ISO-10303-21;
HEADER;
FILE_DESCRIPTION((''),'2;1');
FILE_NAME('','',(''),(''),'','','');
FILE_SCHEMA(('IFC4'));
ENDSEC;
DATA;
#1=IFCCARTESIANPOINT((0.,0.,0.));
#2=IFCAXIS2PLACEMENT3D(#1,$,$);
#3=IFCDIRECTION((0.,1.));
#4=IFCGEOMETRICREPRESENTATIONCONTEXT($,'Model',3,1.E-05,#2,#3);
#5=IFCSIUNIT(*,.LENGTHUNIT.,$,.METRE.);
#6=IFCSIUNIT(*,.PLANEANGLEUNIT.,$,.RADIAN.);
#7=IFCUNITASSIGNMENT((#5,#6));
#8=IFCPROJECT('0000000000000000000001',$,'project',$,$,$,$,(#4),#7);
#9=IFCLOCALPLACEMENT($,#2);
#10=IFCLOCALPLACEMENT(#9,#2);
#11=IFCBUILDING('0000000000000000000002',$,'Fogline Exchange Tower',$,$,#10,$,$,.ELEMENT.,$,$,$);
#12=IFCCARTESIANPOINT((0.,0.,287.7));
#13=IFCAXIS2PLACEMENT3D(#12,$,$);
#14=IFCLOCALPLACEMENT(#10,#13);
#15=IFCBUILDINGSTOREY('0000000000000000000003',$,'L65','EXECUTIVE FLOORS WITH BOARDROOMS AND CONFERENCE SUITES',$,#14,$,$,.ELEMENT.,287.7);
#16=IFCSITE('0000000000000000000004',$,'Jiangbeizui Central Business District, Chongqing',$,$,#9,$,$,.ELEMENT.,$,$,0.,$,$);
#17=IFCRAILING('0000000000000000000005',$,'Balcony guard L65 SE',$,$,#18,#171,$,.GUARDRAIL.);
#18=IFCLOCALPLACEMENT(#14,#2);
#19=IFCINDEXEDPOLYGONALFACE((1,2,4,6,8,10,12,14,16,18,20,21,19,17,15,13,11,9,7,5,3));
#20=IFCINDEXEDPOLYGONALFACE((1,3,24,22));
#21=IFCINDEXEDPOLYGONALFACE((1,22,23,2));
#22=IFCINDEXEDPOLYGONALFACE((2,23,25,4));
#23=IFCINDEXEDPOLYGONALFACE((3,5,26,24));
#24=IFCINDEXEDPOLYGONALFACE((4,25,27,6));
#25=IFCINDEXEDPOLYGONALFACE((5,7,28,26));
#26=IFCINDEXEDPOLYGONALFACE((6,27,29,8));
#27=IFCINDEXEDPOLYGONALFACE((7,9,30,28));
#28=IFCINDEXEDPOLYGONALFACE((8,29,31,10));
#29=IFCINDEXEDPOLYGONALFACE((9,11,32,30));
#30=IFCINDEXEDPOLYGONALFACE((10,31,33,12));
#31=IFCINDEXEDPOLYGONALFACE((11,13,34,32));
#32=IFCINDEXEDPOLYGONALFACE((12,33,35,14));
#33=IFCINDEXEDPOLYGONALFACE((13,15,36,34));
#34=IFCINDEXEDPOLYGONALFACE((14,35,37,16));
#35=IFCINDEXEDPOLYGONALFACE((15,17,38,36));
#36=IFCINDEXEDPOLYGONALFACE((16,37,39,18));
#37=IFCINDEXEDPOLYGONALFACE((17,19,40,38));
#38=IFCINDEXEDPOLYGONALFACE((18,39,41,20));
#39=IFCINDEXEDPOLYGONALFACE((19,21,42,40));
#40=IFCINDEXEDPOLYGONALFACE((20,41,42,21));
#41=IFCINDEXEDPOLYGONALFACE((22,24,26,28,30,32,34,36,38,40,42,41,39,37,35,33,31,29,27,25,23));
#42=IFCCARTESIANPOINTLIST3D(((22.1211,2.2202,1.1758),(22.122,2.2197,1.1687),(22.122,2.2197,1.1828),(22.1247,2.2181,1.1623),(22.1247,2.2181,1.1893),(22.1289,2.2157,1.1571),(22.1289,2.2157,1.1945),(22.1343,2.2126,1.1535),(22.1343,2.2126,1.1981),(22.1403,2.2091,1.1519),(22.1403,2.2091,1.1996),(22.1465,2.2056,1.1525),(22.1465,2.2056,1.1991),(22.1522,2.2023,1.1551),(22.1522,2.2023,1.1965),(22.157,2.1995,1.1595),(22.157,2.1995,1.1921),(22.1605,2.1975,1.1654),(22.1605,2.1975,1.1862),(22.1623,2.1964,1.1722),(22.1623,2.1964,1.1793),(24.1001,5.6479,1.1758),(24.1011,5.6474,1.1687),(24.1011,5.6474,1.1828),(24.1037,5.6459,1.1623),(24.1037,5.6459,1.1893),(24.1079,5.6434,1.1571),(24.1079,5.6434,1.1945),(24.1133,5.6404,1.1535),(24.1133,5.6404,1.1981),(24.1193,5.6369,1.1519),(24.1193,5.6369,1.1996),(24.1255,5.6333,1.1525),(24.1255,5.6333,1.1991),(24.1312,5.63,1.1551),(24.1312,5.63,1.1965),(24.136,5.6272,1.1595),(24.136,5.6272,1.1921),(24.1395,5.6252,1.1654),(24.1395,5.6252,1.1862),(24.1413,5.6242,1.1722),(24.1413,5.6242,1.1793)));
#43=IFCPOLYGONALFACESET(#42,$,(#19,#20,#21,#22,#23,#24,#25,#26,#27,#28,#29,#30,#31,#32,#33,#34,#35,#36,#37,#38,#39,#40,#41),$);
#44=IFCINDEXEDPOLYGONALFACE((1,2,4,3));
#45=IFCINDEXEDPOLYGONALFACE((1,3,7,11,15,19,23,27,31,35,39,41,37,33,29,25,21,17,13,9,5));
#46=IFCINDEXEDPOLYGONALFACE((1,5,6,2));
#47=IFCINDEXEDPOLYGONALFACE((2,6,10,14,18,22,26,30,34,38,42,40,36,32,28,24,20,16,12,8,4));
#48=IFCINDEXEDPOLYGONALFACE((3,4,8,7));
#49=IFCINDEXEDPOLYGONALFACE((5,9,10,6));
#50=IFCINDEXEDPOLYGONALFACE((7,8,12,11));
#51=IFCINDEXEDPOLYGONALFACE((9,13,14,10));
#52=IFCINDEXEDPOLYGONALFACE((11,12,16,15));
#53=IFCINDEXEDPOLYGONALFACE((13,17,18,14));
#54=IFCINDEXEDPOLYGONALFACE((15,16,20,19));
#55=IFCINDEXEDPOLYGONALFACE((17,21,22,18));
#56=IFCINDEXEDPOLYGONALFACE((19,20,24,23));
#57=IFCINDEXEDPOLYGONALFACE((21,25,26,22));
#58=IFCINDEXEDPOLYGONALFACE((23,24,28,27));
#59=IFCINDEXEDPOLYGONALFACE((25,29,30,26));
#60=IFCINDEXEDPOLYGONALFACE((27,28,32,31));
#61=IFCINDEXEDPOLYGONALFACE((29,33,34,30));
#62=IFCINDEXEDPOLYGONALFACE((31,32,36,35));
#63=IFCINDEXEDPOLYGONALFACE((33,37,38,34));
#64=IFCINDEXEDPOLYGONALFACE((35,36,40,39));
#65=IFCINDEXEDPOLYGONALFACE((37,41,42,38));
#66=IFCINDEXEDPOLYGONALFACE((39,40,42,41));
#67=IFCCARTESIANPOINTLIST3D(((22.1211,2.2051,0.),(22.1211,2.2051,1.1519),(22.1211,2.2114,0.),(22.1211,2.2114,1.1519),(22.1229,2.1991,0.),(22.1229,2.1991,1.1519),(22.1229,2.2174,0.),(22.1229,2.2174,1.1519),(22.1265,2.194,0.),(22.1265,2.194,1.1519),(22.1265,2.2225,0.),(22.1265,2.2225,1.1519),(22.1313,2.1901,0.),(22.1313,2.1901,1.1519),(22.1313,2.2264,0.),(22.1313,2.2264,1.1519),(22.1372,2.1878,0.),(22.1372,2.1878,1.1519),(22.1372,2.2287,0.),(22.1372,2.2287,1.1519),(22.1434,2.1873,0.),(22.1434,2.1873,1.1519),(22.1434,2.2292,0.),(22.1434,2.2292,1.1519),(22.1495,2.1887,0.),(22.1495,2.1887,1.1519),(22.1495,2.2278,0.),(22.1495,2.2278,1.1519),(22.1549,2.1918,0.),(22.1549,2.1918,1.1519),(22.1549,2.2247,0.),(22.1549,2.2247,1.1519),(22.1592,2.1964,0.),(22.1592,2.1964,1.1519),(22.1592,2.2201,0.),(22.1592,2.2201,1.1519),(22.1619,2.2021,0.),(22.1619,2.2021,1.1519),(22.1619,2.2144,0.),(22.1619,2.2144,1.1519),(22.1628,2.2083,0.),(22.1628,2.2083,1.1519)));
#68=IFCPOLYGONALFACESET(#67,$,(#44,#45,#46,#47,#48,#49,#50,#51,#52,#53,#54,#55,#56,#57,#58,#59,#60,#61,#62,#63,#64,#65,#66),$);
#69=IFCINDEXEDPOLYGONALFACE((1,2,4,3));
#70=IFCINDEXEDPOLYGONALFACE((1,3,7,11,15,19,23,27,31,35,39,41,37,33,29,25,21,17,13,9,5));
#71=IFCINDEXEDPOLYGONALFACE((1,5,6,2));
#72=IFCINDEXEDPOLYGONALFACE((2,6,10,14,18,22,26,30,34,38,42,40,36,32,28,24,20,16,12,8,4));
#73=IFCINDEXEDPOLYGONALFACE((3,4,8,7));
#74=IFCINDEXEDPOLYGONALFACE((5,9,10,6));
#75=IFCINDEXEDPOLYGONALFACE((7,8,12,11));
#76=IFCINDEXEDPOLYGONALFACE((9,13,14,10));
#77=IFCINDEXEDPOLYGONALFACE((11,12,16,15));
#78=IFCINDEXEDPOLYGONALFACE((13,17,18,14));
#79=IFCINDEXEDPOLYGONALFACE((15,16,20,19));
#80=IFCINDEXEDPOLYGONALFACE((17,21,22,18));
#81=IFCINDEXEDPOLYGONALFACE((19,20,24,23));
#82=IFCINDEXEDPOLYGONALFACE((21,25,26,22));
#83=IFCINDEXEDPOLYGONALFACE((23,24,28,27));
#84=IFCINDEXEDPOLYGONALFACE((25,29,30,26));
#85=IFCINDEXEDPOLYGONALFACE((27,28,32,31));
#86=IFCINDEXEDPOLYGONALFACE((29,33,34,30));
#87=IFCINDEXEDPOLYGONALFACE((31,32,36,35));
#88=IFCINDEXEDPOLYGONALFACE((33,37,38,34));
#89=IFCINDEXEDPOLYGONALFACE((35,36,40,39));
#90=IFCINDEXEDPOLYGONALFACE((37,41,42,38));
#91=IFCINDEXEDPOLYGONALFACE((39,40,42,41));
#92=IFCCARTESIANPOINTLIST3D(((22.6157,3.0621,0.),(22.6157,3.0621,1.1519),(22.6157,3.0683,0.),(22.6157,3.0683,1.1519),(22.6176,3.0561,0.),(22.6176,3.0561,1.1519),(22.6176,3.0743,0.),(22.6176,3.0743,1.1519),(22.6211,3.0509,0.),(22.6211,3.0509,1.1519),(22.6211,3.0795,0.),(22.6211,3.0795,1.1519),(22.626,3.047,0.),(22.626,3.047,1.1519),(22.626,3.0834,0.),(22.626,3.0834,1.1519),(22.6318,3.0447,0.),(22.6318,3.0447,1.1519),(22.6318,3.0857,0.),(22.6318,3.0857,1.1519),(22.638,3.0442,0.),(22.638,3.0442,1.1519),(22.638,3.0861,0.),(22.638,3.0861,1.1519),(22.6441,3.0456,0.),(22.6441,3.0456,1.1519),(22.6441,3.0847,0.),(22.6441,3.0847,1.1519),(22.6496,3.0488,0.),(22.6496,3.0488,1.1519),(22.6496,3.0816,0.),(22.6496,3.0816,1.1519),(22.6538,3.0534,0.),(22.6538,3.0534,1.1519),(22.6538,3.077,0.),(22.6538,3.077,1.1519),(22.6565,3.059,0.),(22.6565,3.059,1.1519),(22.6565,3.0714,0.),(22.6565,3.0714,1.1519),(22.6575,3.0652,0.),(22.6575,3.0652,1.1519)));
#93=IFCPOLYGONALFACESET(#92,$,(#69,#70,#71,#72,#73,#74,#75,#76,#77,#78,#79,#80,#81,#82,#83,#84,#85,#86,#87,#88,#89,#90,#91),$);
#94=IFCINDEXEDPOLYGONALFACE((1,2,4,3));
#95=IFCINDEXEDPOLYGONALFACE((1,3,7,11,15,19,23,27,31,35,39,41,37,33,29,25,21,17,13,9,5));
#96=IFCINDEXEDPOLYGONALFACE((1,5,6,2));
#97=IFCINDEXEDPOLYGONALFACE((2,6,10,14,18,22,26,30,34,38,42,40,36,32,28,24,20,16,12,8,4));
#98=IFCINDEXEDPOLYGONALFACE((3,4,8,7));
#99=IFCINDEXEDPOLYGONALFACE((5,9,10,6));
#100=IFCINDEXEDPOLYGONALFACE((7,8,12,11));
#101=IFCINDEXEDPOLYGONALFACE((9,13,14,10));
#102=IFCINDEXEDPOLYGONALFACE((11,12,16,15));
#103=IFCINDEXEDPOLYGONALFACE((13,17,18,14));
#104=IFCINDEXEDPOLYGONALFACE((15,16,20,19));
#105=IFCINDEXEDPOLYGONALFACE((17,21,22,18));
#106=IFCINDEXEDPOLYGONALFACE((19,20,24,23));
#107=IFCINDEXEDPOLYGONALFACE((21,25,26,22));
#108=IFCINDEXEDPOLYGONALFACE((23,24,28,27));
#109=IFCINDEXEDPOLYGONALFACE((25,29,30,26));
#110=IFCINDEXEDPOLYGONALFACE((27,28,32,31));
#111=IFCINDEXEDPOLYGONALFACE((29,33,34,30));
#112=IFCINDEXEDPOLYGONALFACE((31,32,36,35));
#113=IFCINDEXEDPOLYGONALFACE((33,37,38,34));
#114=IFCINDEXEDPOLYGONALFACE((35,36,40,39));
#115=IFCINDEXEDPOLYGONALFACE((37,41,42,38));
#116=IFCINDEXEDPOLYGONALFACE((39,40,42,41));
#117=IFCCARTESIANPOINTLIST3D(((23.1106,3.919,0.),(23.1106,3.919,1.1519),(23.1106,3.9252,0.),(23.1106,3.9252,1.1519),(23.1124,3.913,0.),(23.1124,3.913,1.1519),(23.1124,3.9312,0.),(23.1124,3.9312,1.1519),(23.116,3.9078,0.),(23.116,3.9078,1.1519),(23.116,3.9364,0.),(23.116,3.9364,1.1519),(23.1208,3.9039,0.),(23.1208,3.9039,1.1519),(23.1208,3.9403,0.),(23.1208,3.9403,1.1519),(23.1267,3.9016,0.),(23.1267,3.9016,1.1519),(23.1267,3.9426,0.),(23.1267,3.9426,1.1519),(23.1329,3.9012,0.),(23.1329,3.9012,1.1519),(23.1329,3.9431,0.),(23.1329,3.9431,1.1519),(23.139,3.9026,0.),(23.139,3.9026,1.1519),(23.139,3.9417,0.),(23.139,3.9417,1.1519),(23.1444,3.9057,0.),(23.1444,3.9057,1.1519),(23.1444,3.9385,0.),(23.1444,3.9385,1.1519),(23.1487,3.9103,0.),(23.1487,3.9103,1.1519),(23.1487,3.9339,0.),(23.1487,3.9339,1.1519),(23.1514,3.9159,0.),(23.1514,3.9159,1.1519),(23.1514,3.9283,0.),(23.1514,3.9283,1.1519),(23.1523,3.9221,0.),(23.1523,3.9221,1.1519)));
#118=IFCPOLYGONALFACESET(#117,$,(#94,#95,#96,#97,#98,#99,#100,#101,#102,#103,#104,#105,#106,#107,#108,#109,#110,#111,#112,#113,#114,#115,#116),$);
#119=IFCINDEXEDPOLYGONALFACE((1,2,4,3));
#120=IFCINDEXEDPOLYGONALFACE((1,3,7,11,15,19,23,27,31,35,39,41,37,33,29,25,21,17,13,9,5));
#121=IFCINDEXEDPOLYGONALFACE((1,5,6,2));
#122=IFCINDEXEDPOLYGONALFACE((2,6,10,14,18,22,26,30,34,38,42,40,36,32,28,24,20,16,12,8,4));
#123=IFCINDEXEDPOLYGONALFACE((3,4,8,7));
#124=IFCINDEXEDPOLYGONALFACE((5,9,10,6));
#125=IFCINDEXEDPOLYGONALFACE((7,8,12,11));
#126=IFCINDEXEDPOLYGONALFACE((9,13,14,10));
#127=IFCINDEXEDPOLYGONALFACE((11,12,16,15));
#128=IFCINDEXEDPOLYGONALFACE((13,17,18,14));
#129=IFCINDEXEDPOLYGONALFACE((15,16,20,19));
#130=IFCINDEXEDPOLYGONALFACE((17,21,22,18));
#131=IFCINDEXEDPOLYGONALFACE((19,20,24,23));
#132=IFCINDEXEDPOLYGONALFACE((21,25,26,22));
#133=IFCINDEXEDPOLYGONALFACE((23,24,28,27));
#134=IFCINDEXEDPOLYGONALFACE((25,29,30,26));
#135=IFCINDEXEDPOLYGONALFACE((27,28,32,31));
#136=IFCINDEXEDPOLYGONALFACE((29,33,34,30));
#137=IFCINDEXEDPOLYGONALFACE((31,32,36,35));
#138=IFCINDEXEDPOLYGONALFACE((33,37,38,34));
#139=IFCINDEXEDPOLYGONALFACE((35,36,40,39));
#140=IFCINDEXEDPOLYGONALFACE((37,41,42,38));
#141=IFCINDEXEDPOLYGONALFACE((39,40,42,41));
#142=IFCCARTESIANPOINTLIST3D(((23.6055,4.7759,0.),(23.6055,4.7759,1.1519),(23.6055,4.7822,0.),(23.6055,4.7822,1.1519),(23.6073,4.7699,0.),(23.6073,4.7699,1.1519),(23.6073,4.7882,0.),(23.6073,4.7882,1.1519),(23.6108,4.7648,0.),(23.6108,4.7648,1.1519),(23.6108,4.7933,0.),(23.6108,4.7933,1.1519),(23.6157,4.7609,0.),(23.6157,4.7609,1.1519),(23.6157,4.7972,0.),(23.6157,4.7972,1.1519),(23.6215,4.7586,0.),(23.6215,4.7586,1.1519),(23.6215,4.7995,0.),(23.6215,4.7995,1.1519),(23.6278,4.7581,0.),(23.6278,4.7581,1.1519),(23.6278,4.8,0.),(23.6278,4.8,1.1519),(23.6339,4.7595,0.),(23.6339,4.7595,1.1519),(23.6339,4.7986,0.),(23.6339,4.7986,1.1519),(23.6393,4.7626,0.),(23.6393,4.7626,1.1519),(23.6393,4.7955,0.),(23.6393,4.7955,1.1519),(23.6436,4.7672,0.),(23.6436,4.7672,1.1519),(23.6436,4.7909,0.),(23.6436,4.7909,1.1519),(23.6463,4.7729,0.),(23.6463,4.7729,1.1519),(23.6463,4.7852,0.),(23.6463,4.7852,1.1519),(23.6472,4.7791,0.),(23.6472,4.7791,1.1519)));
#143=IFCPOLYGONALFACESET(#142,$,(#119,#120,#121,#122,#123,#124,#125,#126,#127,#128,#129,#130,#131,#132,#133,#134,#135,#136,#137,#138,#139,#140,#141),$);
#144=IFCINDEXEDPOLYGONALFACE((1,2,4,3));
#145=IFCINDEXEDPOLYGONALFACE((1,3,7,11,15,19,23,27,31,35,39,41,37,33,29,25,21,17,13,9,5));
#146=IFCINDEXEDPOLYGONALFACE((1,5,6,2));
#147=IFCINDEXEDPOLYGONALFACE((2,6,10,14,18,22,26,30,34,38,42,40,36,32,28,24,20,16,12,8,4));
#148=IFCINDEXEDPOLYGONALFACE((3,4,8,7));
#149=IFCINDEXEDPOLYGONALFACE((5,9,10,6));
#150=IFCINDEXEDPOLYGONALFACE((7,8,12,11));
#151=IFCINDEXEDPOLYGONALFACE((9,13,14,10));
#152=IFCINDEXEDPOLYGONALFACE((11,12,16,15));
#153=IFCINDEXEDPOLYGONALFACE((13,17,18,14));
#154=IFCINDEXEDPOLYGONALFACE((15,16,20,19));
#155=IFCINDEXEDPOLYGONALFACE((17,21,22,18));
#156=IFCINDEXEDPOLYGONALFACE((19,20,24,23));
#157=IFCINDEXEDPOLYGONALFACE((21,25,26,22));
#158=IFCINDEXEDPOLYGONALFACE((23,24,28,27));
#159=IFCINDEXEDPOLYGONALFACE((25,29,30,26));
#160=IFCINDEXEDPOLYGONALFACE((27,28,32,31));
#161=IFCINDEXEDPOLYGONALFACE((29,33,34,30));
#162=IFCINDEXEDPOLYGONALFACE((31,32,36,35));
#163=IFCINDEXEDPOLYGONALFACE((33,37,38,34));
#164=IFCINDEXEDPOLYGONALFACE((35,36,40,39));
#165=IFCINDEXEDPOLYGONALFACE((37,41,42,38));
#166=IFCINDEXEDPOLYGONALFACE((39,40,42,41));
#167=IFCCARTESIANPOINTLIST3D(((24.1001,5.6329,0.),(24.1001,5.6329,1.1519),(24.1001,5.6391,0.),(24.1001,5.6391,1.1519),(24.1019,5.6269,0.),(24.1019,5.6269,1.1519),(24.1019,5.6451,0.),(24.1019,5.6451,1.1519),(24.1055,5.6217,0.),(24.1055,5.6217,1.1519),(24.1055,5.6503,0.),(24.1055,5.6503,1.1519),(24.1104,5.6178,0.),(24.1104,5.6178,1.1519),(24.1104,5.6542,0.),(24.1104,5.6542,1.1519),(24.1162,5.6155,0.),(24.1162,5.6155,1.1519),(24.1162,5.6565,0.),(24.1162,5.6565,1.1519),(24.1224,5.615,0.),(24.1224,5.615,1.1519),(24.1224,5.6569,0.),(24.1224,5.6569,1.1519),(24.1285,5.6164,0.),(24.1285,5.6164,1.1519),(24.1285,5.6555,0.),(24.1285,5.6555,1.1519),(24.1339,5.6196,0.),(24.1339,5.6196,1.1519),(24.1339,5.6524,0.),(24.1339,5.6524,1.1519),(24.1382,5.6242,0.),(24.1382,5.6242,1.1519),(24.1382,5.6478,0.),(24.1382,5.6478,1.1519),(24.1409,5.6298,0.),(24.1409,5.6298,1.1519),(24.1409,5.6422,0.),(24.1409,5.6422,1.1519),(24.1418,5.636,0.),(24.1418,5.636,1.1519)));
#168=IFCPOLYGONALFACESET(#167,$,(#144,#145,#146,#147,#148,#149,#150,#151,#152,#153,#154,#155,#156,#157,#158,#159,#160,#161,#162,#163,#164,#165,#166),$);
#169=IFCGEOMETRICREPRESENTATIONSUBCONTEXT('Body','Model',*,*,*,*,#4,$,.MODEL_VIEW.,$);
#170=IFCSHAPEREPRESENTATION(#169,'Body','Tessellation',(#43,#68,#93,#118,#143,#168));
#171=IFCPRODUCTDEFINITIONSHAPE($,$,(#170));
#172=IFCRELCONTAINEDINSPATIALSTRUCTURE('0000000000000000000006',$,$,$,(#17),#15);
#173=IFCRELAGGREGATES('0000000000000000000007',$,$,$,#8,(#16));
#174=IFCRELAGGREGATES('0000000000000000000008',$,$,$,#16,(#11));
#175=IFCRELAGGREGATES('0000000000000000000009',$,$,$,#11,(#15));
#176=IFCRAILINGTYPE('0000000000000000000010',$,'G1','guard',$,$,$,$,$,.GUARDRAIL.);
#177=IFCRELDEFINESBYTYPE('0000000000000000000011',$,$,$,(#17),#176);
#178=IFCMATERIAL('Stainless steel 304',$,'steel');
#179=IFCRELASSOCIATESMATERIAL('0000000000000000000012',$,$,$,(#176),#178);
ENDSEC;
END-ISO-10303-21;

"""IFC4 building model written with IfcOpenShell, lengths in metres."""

from ifc_helpers import new_model, si_unit, direction, frame, origin, origin_2d, place, context, subcontext, project, spatial, circle, extrude, material, type_object, element, save


model = new_model("IFC4")

# Units and contexts
model_context = context("Model", 3, precision=1e-05, world=origin(), true_north=direction((0.0, 1.0)))
body_context = subcontext(model_context, "Body", "Model", "MODEL_VIEW")
ifc_project = project(units=[si_unit("LENGTHUNIT", "METRE"), si_unit("PLANEANGLEUNIT", "RADIAN")], contexts=[model_context])

# Site, building, storey
site_placement = place(None, origin())
site = spatial("IfcSite", under=ifc_project, at=site_placement, Name="Jiangbeizui Central Business District, Chongqing", CompositionType="ELEMENT", RefElevation=0.0)
building_placement = place(site_placement, origin())
building = spatial("IfcBuilding", under=site, at=building_placement, Name="Fogline Exchange Tower", CompositionType="ELEMENT")
storey_placement = place(building_placement, frame((0.0, 0.0, 287.7)))
storey = spatial("IfcBuildingStorey", under=building, at=storey_placement, Name="L65", Description="EXECUTIVE FLOORS WITH BOARDROOMS AND CONFERENCE SUITES", CompositionType="ELEMENT", Elevation=287.7)

# Railing
ifc_material_1 = material(Name="Stainless steel 304", Category="steel")
railing_type = type_object("IfcRailingType", Name="G1", Description="guard", PredefinedType="GUARDRAIL", material=ifc_material_1)
railing_placement = place(storey_placement, frame((22.1418, 2.2083, 0.0)))
element("IfcRailing", 1, at=railing_placement, inside=storey, type_object=railing_type, Name="Balcony guard L65 SE", PredefinedType="GUARDRAIL", context=body_context, shape_type="SweptSolid", body=[
    extrude(circle(Radius=0.0239, at=origin_2d()), frame((0.0, 0.0, 1.1758), z_axis=(0.5, 0.866025, 0.0), x_axis=(-0.866025, 0.5, 0.0)), (0.0, 0.0, 1.0), 3.958),
    extrude(circle(Radius=0.021, at=origin_2d()), origin(), (0.0, 0.0, 1.0), 1.1519),
    extrude(circle(Radius=0.021, at=origin_2d()), frame((0.4946, 0.8569, 0.0)), (0.0, 0.0, 1.0), 1.1519),
    extrude(circle(Radius=0.021, at=origin_2d()), frame((0.9895, 1.7139, 0.0)), (0.0, 0.0, 1.0), 1.1519),
    extrude(circle(Radius=0.021, at=origin_2d()), frame((1.4844, 2.5708, 0.0)), (0.0, 0.0, 1.0), 1.1519),
    extrude(circle(Radius=0.021, at=origin_2d()), frame((1.979, 3.4277, 0.0)), (0.0, 0.0, 1.0), 1.1519),
])

save(model, "model.ifc")
